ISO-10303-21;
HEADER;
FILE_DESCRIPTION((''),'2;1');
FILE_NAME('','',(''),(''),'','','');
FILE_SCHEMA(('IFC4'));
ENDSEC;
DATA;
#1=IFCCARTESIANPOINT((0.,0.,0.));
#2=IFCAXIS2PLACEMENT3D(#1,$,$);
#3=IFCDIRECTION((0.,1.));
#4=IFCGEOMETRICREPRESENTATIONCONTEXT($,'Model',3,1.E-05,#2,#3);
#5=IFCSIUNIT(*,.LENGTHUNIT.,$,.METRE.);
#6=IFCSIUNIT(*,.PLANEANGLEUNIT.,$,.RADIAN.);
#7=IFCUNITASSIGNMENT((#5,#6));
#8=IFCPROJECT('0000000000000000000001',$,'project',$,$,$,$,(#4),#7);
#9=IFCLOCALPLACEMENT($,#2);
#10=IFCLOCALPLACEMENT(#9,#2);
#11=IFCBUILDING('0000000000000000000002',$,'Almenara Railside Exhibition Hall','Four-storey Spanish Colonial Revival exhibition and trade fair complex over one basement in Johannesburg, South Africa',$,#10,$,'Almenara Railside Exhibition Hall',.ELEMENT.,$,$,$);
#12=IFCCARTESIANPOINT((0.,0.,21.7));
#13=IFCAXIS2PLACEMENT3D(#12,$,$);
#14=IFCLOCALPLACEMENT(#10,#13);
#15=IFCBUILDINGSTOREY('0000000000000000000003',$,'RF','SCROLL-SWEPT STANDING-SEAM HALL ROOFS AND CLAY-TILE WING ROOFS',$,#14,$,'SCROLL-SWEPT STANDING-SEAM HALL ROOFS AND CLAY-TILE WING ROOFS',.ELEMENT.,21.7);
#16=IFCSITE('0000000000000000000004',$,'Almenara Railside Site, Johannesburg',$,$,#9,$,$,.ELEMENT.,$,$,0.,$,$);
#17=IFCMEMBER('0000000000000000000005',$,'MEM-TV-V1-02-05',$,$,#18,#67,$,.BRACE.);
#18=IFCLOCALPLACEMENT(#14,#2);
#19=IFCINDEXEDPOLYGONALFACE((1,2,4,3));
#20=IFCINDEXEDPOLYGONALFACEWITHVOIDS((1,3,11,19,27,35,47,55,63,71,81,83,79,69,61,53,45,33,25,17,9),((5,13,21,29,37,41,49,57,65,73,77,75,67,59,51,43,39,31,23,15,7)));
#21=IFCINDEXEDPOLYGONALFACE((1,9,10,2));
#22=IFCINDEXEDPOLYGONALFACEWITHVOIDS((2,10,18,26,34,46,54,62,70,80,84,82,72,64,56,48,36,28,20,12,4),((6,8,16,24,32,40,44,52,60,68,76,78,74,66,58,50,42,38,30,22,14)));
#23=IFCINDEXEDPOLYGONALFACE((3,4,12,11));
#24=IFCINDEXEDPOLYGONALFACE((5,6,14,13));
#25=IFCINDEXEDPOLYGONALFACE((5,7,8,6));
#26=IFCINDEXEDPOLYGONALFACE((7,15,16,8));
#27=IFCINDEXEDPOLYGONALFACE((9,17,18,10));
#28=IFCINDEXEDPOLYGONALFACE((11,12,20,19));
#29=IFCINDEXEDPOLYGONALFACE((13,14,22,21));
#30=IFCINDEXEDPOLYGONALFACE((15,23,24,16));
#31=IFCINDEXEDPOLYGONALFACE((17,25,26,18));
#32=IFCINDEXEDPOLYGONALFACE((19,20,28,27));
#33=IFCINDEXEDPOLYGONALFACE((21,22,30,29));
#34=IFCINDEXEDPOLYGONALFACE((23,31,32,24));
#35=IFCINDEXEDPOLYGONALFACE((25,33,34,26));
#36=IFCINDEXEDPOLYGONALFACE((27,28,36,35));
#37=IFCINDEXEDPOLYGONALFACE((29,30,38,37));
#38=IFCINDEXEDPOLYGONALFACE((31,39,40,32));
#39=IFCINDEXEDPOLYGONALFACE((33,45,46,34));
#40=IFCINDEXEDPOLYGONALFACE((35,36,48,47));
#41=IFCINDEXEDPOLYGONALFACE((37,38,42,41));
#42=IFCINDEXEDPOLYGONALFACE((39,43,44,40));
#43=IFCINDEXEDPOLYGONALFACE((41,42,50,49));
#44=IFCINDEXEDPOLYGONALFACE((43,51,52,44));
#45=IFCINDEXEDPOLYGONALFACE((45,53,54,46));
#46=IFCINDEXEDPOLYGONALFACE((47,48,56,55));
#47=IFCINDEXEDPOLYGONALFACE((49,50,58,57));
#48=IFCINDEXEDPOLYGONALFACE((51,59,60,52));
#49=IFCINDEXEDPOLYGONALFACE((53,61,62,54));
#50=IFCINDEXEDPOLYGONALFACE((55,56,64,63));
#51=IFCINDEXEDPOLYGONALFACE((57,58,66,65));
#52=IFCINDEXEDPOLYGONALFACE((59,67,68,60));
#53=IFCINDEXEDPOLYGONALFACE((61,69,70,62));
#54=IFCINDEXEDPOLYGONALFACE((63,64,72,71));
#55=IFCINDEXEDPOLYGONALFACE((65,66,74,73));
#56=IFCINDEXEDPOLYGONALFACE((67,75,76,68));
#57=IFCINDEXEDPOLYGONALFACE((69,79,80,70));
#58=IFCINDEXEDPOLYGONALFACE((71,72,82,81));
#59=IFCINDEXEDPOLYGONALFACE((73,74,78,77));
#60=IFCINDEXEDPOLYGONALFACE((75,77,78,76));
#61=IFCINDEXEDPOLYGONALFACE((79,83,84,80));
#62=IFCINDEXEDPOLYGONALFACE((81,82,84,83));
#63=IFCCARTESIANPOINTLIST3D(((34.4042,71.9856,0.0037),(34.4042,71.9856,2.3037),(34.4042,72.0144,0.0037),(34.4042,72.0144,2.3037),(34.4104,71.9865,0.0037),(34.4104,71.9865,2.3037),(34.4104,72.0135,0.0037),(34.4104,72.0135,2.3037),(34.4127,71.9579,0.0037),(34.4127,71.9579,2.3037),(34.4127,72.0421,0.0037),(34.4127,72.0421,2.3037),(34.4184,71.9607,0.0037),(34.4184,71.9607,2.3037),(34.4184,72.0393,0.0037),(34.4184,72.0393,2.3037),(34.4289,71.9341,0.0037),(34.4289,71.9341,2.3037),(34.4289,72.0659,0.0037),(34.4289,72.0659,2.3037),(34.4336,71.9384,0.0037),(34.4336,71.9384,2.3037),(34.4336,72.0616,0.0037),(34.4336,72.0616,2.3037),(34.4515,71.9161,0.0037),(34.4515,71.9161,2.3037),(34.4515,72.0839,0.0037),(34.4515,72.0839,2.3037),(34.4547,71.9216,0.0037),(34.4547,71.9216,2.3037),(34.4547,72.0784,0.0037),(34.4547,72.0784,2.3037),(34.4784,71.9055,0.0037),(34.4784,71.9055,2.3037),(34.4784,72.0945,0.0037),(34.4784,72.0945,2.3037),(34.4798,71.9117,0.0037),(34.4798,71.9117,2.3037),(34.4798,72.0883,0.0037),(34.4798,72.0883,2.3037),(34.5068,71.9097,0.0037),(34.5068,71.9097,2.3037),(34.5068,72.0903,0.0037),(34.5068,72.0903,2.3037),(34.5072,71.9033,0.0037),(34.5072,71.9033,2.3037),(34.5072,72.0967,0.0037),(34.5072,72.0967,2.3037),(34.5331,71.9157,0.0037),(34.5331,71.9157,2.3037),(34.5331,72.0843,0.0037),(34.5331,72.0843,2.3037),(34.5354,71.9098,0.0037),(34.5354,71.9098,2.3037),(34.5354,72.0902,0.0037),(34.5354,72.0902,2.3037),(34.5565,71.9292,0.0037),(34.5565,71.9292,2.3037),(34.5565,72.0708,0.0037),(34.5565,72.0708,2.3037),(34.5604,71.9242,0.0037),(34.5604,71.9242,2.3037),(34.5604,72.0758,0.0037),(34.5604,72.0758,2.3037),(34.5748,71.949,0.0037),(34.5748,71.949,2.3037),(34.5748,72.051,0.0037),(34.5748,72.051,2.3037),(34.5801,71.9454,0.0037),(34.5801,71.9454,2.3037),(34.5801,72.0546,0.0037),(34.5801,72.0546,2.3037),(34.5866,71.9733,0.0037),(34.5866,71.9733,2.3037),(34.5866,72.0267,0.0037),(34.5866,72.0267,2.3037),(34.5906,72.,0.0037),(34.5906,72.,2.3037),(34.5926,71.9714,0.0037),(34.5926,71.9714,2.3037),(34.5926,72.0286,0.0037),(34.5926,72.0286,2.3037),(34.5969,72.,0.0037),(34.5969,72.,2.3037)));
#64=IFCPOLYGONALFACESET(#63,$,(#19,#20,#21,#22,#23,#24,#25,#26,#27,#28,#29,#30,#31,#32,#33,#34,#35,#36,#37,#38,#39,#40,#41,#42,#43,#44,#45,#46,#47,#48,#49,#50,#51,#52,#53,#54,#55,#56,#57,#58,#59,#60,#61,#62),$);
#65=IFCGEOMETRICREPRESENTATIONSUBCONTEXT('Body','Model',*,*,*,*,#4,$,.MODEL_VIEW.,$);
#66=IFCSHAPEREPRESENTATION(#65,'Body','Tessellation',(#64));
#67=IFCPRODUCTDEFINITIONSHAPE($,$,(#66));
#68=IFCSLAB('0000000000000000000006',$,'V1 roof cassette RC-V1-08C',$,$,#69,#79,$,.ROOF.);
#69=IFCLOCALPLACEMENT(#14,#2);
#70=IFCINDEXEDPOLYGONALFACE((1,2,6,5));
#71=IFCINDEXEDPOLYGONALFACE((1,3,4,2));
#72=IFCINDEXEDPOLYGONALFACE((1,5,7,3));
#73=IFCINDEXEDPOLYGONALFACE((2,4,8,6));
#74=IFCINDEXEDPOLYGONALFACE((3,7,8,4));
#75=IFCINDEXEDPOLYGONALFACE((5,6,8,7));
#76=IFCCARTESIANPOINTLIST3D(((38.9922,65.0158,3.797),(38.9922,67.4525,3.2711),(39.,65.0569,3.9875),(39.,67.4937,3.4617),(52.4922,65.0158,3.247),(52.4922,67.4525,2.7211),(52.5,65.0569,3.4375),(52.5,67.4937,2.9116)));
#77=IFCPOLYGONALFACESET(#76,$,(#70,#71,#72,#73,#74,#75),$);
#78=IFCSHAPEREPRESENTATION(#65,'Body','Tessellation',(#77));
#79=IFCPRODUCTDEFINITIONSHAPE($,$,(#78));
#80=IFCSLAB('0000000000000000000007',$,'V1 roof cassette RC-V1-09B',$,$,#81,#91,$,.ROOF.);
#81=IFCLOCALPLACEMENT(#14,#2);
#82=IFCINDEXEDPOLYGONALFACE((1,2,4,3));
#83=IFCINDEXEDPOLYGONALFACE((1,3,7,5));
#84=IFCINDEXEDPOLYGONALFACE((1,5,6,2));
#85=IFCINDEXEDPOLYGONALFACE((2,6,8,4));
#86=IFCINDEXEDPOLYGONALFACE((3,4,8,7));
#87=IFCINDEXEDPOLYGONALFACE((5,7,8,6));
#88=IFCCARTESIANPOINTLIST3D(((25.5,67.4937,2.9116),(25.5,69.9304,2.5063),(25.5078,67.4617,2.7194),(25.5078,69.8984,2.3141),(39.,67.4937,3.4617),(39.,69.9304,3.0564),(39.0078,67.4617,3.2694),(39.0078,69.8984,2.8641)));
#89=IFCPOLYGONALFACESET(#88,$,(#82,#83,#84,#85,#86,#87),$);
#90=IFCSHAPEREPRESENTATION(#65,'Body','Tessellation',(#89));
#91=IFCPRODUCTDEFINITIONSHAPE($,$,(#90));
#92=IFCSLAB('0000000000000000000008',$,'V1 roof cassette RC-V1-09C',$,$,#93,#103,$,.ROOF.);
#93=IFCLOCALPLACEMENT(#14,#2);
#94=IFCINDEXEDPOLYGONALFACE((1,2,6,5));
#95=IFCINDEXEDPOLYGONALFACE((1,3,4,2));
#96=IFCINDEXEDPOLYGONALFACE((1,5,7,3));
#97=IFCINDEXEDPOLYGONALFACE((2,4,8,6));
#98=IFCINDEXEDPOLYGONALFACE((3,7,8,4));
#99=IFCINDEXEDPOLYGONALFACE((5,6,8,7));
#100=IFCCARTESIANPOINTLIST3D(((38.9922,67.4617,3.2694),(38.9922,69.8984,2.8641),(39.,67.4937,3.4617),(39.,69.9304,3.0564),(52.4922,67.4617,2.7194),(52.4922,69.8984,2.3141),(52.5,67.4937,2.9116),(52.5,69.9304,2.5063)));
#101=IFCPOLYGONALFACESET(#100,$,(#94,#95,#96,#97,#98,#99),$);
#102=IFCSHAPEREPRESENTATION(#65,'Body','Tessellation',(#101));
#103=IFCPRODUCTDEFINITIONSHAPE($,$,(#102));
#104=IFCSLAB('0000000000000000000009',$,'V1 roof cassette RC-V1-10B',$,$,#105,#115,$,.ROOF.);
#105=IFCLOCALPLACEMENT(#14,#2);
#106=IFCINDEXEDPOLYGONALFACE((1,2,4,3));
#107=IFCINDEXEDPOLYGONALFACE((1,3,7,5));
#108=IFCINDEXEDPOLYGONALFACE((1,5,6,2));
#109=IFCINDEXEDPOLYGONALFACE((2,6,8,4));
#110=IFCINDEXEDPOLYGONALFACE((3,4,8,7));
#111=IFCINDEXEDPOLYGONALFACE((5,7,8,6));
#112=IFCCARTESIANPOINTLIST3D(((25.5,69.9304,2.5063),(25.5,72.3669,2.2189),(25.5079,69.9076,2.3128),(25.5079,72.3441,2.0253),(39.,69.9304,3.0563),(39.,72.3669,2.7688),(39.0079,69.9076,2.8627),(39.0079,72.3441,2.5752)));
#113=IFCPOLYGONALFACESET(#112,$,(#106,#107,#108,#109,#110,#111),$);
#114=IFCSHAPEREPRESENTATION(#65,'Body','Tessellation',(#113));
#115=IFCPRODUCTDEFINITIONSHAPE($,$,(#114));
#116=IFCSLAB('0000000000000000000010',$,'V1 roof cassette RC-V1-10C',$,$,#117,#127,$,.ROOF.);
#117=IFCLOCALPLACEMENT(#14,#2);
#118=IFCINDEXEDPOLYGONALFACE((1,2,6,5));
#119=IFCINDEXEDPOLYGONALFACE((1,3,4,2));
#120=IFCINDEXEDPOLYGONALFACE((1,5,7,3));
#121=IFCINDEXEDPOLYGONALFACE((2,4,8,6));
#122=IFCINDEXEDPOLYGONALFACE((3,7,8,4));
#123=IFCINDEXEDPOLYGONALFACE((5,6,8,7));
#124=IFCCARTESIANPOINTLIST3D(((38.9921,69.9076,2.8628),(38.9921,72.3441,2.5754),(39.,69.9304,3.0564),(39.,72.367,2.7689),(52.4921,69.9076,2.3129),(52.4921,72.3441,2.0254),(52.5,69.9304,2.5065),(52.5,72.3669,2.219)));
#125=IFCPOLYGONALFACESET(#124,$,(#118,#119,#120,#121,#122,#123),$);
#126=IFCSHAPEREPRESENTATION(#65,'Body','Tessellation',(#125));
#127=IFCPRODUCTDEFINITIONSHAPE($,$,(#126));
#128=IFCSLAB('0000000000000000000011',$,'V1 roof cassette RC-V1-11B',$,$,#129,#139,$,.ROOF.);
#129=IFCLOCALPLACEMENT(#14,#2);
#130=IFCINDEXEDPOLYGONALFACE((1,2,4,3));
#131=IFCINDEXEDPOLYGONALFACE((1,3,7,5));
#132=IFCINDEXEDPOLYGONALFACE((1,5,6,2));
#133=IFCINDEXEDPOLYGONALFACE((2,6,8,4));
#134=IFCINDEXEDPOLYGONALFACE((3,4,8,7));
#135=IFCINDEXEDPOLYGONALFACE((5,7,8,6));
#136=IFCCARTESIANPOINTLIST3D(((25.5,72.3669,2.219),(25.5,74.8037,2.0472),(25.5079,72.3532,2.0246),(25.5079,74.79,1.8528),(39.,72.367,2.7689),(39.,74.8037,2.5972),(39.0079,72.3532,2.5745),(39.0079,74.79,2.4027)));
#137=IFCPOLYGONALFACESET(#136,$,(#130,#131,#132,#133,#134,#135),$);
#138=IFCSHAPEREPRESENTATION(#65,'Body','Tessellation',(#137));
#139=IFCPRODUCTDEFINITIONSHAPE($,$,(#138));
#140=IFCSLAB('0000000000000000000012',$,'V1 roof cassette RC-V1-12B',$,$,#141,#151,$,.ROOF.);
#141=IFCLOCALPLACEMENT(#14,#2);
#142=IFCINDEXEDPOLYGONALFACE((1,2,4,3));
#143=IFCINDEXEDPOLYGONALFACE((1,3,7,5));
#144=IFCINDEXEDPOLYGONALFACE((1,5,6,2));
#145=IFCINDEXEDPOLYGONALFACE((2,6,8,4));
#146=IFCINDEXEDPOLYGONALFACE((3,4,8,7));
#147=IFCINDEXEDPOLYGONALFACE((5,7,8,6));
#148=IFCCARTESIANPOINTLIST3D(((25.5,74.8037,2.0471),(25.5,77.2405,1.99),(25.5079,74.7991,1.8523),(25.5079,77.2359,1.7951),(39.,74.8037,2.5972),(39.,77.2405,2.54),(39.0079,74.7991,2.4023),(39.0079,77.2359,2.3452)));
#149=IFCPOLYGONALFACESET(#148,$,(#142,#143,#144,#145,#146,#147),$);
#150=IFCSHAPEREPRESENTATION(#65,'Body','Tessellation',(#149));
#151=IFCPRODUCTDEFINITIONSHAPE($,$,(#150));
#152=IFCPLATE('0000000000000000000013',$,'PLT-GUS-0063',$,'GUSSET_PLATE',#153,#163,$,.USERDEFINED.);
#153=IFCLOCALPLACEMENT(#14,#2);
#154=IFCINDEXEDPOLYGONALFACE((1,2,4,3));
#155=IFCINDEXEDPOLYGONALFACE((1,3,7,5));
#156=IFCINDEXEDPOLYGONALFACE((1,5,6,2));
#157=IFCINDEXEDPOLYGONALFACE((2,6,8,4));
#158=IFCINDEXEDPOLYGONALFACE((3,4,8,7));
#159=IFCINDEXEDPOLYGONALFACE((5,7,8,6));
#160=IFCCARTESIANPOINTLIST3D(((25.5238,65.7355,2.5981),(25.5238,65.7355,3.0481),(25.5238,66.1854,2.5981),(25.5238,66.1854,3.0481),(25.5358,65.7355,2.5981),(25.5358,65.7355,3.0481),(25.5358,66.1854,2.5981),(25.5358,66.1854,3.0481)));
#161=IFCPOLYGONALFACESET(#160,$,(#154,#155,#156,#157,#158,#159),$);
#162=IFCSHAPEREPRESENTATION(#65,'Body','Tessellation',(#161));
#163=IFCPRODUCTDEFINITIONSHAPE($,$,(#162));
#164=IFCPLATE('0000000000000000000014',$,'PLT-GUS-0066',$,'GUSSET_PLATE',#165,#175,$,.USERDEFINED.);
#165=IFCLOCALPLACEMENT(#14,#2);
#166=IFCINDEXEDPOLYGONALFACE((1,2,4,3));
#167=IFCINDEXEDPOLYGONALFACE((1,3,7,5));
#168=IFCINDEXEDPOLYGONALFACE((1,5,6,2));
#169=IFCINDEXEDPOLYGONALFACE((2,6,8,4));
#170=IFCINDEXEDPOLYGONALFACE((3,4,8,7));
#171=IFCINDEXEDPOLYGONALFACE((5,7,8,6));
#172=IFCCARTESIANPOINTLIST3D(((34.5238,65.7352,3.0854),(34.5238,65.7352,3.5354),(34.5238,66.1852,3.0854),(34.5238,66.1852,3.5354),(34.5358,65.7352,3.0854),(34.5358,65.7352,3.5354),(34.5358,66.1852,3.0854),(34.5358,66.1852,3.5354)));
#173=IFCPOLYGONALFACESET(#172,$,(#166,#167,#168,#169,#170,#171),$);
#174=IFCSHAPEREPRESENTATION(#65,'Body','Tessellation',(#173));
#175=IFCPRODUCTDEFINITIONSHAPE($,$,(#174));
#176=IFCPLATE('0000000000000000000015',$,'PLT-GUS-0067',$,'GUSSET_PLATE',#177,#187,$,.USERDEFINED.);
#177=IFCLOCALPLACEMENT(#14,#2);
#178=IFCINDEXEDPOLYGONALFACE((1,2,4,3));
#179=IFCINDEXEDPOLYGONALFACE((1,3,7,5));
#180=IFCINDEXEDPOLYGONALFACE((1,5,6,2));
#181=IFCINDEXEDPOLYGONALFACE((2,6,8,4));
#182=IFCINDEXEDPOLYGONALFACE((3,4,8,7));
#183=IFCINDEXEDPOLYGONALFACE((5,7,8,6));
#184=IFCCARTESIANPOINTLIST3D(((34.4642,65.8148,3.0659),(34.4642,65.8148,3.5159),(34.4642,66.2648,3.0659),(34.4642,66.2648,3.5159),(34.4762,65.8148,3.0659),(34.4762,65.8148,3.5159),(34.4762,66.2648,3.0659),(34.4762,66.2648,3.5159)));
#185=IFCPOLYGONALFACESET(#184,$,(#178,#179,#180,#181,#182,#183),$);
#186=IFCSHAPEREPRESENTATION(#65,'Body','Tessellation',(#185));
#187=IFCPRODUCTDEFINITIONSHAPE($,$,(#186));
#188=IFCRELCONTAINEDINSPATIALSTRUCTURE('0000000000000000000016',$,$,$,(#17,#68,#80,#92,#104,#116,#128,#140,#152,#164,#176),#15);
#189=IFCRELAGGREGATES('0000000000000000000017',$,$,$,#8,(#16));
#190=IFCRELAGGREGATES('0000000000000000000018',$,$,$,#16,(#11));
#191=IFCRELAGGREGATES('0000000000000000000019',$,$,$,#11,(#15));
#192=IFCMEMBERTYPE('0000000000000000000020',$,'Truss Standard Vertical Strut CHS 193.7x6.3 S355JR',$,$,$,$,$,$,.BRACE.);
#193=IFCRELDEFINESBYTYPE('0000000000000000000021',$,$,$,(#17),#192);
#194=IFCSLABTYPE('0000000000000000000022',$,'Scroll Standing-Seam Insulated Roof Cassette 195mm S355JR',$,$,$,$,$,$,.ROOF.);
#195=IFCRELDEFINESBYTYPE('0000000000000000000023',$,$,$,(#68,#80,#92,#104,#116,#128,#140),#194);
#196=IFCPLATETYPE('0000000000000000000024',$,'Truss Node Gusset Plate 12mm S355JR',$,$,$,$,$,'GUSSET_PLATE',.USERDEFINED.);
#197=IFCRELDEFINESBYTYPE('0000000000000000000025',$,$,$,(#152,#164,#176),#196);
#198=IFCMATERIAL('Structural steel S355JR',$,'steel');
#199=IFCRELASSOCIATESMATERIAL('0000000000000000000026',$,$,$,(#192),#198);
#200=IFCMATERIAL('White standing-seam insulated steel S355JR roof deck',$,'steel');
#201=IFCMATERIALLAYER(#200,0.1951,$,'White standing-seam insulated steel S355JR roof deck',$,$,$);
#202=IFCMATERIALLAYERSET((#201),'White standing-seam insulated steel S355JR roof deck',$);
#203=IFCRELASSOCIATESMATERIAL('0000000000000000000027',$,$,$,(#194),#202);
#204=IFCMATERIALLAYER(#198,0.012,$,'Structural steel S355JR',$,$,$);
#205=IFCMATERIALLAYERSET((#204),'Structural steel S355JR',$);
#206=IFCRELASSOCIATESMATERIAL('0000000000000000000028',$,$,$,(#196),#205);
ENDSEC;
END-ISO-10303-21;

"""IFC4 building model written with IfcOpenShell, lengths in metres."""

from ifc_helpers import new_model, si_unit, direction, frame, origin, origin_2d, place, context, subcontext, project, spatial, polyline, rectangle, hollow_circle, outline, extrude, material, layer, layer_set, material_profile, profile_set, type_object, element, save


model = new_model("IFC4")

# Units and contexts
model_context = context("Model", 3, precision=1e-05, world=origin(), true_north=direction((0.0, 1.0)))
body_context = subcontext(model_context, "Body", "Model", "MODEL_VIEW")
ifc_project = project(units=[si_unit("LENGTHUNIT", "METRE"), si_unit("PLANEANGLEUNIT", "RADIAN")], contexts=[model_context])

# Site, building, storey
site_placement = place(None, origin())
site = spatial("IfcSite", under=ifc_project, at=site_placement, Name="Almenara Railside Site, Johannesburg", CompositionType="ELEMENT", RefElevation=0.0)
building_placement = place(site_placement, origin())
building = spatial("IfcBuilding", under=site, at=building_placement, Name="Almenara Railside Exhibition Hall", Description="Four-storey Spanish Colonial Revival exhibition and trade fair complex over one basement in Johannesburg, South Africa", LongName="Almenara Railside Exhibition Hall", CompositionType="ELEMENT")
storey_placement = place(building_placement, frame((0.0, 0.0, 21.7)))
storey = spatial("IfcBuildingStorey", under=building, at=storey_placement, Name="RF", Description="SCROLL-SWEPT STANDING-SEAM HALL ROOFS AND CLAY-TILE WING ROOFS", LongName="SCROLL-SWEPT STANDING-SEAM HALL ROOFS AND CLAY-TILE WING ROOFS", CompositionType="ELEMENT", Elevation=21.7)

# Member
ifc_material_1 = material(Name="Structural steel S355JR", Category="steel")
ifc_material_profile_1 = material_profile(ifc_material_1, hollow_circle(Radius=0.0969, WallThickness=0.0063, at=origin_2d()), Name="CHS 193.7x6.3")
ifc_profile_set_1 = profile_set([ifc_material_profile_1], Name="Structural steel S355JR")
member_type_1 = type_object("IfcMemberType", Name="Truss Standard Vertical Strut CHS 193.7x6.3 S355JR", PredefinedType="BRACE", material=ifc_profile_set_1)
for number, where, z_axis, x_axis, name in (
    (1, (34.5, 72.0, 0.0037), (0.0, 0.0, 1.0), (1.0, 0.0, 0.0), "MEM-TV-V1-02-05"),
):
    element("IfcMember", number, at=place(storey_placement, frame(where, z_axis=z_axis, x_axis=x_axis)), inside=storey, type_object=member_type_1, Name=name, PredefinedType="BRACE", context=body_context, shape_type="SweptSolid", body=[
        extrude(hollow_circle(Radius=0.0969, WallThickness=0.0063, at=origin_2d()), origin(), (0.0, 0.0, 1.0), 2.3),
    ])

# Slabs
ifc_material_2 = material(Name="White standing-seam insulated steel S355JR roof deck", Category="steel")
ifc_layer_1 = layer(ifc_material_2, 0.1951, Name="White standing-seam insulated steel S355JR roof deck")
ifc_layer_set_1 = layer_set([ifc_layer_1], Name="White standing-seam insulated steel S355JR roof deck")
slab_type = type_object("IfcSlabType", Name="Scroll Standing-Seam Insulated Roof Cassette 195mm S355JR", PredefinedType="ROOF", material=ifc_layer_set_1)
slab_1_placement = place(storey_placement, frame((39.0, 65.0569, 3.9875), z_axis=(0.039796, 0.210786, 0.976722), x_axis=(0.999171, 0.0, -0.040711)))
element("IfcSlab", 2, at=slab_1_placement, inside=storey, type_object=slab_type, Name="V1 roof cassette RC-V1-08C", PredefinedType="ROOF", context=body_context, shape_type="SweptSolid", body=[
    extrude(outline(polyline([(0.0, 0.0), (13.5112, 0.0), (13.5326, 2.4928), (0.0214, 2.4928), (0.0, 0.0)])), origin(), (0.0, 0.0, -1.0), 0.1951),
])
slab_2_placement = place(storey_placement, frame((25.5, 67.4937, 2.9116), z_axis=(-0.04016, 0.16393, 0.985654), x_axis=(0.999171, 0.0, 0.040711)))
element("IfcSlab", 3, at=slab_2_placement, inside=storey, type_object=slab_type, Name="V1 roof cassette RC-V1-09B", PredefinedType="ROOF", context=body_context, shape_type="SweptSolid", body=[
    extrude(outline(polyline([(0.0, 0.0), (13.5112, 0.0), (13.4947, 2.4702), (-0.0165, 2.4702), (0.0, 0.0)])), origin(), (0.0, 0.0, -1.0), 0.1951),
])
slab_3_placement = place(storey_placement, frame((39.0, 67.4937, 3.4617), z_axis=(0.04016, 0.16393, 0.985654), x_axis=(0.999171, 0.0, -0.040711)))
element("IfcSlab", 4, at=slab_3_placement, inside=storey, type_object=slab_type, Name="V1 roof cassette RC-V1-09C", PredefinedType="ROOF", context=body_context, shape_type="SweptSolid", body=[
    extrude(outline(polyline([(0.0, 0.0), (13.5112, 0.0), (13.5277, 2.4702), (0.0165, 2.4702), (0.0, 0.0)])), origin(), (0.0, 0.0, -1.0), 0.1951),
])
slab_4_placement = place(storey_placement, frame((25.5, 69.9304, 2.5063), z_axis=(-0.040422, 0.117077, 0.9923), x_axis=(0.999171, -0.000001, 0.040702)))
element("IfcSlab", 5, at=slab_4_placement, inside=storey, type_object=slab_type, Name="V1 roof cassette RC-V1-10B", PredefinedType="ROOF", context=body_context, shape_type="SweptSolid", body=[
    extrude(outline(polyline([(0.0, 0.0), (13.5112, 0.0), (13.4995, 2.4534), (-0.0117, 2.4534), (0.0, 0.0)])), origin(), (0.0, 0.0, -1.0), 0.1951),
])
slab_5_placement = place(storey_placement, frame((39.0, 69.9304, 3.0564), z_axis=(0.040422, 0.117077, 0.9923), x_axis=(0.999171, 0.000001, -0.040702)))
element("IfcSlab", 6, at=slab_5_placement, inside=storey, type_object=slab_type, Name="V1 roof cassette RC-V1-10C", PredefinedType="ROOF", context=body_context, shape_type="SweptSolid", body=[
    extrude(outline(polyline([(0.0, 0.0), (13.5112, 0.0), (13.5229, 2.4534), (0.0117, 2.4534), (0.0, 0.0)])), origin(), (0.0, 0.0, -1.0), 0.1951),
])
slab_6_placement = place(storey_placement, frame((25.5, 72.3669, 2.219), z_axis=(-0.040601, 0.070252, 0.996703), x_axis=(0.999171, 0.000001, 0.040702)))
element("IfcSlab", 7, at=slab_6_placement, inside=storey, type_object=slab_type, Name="V1 roof cassette RC-V1-11B", PredefinedType="ROOF", context=body_context, shape_type="SweptSolid", body=[
    extrude(outline(polyline([(0.0, 0.0), (13.5112, 0.0), (13.5042, 2.4428), (-0.007, 2.4428), (0.0, 0.0)])), origin(), (0.0, 0.0, -1.0), 0.1951),
])
slab_7_placement = place(storey_placement, frame((25.5, 74.8037, 2.0471), z_axis=(-0.040699, 0.023419, 0.998897), x_axis=(0.999171, 0.0, 0.040711)))
element("IfcSlab", 8, at=slab_7_placement, inside=storey, type_object=slab_type, Name="V1 roof cassette RC-V1-12B", PredefinedType="ROOF", context=body_context, shape_type="SweptSolid", body=[
    extrude(outline(polyline([(0.0, 0.0), (13.5112, 0.0), (13.5089, 2.4374), (-0.0023, 2.4374), (0.0, 0.0)])), origin(), (0.0, 0.0, -1.0), 0.1951),
])

# Plates
ifc_layer_2 = layer(ifc_material_1, 0.012, Name="Structural steel S355JR")
ifc_layer_set_2 = layer_set([ifc_layer_2], Name="Structural steel S355JR")
plate_type_1 = type_object("IfcPlateType", Name="Truss Node Gusset Plate 12mm S355JR", ElementType="GUSSET_PLATE", PredefinedType="USERDEFINED", material=ifc_layer_set_2)
for number, where, z_axis, x_axis, name in (
    (9, (25.5298, 65.9604, 2.5981), (0.0, 0.0, 1.0), (0.0, 1.0, 0.0), "PLT-GUS-0063"),
    (10, (34.5298, 65.9602, 3.0854), (0.0, 0.0, 1.0), (0.0, 1.0, 0.0), "PLT-GUS-0066"),
    (11, (34.4702, 66.0398, 3.0659), (0.0, 0.0, 1.0), (0.0, 1.0, 0.0), "PLT-GUS-0067"),
):
    element("IfcPlate", number, at=place(storey_placement, frame(where, z_axis=z_axis, x_axis=x_axis)), inside=storey, type_object=plate_type_1, Name=name, ObjectType="GUSSET_PLATE", PredefinedType="USERDEFINED", context=body_context, shape_type="SweptSolid", body=[
        extrude(rectangle(XDim=0.45, YDim=0.012, at=origin_2d()), origin(), (0.0, 0.0, 1.0), 0.45),
    ])

save(model, "model.ifc")
